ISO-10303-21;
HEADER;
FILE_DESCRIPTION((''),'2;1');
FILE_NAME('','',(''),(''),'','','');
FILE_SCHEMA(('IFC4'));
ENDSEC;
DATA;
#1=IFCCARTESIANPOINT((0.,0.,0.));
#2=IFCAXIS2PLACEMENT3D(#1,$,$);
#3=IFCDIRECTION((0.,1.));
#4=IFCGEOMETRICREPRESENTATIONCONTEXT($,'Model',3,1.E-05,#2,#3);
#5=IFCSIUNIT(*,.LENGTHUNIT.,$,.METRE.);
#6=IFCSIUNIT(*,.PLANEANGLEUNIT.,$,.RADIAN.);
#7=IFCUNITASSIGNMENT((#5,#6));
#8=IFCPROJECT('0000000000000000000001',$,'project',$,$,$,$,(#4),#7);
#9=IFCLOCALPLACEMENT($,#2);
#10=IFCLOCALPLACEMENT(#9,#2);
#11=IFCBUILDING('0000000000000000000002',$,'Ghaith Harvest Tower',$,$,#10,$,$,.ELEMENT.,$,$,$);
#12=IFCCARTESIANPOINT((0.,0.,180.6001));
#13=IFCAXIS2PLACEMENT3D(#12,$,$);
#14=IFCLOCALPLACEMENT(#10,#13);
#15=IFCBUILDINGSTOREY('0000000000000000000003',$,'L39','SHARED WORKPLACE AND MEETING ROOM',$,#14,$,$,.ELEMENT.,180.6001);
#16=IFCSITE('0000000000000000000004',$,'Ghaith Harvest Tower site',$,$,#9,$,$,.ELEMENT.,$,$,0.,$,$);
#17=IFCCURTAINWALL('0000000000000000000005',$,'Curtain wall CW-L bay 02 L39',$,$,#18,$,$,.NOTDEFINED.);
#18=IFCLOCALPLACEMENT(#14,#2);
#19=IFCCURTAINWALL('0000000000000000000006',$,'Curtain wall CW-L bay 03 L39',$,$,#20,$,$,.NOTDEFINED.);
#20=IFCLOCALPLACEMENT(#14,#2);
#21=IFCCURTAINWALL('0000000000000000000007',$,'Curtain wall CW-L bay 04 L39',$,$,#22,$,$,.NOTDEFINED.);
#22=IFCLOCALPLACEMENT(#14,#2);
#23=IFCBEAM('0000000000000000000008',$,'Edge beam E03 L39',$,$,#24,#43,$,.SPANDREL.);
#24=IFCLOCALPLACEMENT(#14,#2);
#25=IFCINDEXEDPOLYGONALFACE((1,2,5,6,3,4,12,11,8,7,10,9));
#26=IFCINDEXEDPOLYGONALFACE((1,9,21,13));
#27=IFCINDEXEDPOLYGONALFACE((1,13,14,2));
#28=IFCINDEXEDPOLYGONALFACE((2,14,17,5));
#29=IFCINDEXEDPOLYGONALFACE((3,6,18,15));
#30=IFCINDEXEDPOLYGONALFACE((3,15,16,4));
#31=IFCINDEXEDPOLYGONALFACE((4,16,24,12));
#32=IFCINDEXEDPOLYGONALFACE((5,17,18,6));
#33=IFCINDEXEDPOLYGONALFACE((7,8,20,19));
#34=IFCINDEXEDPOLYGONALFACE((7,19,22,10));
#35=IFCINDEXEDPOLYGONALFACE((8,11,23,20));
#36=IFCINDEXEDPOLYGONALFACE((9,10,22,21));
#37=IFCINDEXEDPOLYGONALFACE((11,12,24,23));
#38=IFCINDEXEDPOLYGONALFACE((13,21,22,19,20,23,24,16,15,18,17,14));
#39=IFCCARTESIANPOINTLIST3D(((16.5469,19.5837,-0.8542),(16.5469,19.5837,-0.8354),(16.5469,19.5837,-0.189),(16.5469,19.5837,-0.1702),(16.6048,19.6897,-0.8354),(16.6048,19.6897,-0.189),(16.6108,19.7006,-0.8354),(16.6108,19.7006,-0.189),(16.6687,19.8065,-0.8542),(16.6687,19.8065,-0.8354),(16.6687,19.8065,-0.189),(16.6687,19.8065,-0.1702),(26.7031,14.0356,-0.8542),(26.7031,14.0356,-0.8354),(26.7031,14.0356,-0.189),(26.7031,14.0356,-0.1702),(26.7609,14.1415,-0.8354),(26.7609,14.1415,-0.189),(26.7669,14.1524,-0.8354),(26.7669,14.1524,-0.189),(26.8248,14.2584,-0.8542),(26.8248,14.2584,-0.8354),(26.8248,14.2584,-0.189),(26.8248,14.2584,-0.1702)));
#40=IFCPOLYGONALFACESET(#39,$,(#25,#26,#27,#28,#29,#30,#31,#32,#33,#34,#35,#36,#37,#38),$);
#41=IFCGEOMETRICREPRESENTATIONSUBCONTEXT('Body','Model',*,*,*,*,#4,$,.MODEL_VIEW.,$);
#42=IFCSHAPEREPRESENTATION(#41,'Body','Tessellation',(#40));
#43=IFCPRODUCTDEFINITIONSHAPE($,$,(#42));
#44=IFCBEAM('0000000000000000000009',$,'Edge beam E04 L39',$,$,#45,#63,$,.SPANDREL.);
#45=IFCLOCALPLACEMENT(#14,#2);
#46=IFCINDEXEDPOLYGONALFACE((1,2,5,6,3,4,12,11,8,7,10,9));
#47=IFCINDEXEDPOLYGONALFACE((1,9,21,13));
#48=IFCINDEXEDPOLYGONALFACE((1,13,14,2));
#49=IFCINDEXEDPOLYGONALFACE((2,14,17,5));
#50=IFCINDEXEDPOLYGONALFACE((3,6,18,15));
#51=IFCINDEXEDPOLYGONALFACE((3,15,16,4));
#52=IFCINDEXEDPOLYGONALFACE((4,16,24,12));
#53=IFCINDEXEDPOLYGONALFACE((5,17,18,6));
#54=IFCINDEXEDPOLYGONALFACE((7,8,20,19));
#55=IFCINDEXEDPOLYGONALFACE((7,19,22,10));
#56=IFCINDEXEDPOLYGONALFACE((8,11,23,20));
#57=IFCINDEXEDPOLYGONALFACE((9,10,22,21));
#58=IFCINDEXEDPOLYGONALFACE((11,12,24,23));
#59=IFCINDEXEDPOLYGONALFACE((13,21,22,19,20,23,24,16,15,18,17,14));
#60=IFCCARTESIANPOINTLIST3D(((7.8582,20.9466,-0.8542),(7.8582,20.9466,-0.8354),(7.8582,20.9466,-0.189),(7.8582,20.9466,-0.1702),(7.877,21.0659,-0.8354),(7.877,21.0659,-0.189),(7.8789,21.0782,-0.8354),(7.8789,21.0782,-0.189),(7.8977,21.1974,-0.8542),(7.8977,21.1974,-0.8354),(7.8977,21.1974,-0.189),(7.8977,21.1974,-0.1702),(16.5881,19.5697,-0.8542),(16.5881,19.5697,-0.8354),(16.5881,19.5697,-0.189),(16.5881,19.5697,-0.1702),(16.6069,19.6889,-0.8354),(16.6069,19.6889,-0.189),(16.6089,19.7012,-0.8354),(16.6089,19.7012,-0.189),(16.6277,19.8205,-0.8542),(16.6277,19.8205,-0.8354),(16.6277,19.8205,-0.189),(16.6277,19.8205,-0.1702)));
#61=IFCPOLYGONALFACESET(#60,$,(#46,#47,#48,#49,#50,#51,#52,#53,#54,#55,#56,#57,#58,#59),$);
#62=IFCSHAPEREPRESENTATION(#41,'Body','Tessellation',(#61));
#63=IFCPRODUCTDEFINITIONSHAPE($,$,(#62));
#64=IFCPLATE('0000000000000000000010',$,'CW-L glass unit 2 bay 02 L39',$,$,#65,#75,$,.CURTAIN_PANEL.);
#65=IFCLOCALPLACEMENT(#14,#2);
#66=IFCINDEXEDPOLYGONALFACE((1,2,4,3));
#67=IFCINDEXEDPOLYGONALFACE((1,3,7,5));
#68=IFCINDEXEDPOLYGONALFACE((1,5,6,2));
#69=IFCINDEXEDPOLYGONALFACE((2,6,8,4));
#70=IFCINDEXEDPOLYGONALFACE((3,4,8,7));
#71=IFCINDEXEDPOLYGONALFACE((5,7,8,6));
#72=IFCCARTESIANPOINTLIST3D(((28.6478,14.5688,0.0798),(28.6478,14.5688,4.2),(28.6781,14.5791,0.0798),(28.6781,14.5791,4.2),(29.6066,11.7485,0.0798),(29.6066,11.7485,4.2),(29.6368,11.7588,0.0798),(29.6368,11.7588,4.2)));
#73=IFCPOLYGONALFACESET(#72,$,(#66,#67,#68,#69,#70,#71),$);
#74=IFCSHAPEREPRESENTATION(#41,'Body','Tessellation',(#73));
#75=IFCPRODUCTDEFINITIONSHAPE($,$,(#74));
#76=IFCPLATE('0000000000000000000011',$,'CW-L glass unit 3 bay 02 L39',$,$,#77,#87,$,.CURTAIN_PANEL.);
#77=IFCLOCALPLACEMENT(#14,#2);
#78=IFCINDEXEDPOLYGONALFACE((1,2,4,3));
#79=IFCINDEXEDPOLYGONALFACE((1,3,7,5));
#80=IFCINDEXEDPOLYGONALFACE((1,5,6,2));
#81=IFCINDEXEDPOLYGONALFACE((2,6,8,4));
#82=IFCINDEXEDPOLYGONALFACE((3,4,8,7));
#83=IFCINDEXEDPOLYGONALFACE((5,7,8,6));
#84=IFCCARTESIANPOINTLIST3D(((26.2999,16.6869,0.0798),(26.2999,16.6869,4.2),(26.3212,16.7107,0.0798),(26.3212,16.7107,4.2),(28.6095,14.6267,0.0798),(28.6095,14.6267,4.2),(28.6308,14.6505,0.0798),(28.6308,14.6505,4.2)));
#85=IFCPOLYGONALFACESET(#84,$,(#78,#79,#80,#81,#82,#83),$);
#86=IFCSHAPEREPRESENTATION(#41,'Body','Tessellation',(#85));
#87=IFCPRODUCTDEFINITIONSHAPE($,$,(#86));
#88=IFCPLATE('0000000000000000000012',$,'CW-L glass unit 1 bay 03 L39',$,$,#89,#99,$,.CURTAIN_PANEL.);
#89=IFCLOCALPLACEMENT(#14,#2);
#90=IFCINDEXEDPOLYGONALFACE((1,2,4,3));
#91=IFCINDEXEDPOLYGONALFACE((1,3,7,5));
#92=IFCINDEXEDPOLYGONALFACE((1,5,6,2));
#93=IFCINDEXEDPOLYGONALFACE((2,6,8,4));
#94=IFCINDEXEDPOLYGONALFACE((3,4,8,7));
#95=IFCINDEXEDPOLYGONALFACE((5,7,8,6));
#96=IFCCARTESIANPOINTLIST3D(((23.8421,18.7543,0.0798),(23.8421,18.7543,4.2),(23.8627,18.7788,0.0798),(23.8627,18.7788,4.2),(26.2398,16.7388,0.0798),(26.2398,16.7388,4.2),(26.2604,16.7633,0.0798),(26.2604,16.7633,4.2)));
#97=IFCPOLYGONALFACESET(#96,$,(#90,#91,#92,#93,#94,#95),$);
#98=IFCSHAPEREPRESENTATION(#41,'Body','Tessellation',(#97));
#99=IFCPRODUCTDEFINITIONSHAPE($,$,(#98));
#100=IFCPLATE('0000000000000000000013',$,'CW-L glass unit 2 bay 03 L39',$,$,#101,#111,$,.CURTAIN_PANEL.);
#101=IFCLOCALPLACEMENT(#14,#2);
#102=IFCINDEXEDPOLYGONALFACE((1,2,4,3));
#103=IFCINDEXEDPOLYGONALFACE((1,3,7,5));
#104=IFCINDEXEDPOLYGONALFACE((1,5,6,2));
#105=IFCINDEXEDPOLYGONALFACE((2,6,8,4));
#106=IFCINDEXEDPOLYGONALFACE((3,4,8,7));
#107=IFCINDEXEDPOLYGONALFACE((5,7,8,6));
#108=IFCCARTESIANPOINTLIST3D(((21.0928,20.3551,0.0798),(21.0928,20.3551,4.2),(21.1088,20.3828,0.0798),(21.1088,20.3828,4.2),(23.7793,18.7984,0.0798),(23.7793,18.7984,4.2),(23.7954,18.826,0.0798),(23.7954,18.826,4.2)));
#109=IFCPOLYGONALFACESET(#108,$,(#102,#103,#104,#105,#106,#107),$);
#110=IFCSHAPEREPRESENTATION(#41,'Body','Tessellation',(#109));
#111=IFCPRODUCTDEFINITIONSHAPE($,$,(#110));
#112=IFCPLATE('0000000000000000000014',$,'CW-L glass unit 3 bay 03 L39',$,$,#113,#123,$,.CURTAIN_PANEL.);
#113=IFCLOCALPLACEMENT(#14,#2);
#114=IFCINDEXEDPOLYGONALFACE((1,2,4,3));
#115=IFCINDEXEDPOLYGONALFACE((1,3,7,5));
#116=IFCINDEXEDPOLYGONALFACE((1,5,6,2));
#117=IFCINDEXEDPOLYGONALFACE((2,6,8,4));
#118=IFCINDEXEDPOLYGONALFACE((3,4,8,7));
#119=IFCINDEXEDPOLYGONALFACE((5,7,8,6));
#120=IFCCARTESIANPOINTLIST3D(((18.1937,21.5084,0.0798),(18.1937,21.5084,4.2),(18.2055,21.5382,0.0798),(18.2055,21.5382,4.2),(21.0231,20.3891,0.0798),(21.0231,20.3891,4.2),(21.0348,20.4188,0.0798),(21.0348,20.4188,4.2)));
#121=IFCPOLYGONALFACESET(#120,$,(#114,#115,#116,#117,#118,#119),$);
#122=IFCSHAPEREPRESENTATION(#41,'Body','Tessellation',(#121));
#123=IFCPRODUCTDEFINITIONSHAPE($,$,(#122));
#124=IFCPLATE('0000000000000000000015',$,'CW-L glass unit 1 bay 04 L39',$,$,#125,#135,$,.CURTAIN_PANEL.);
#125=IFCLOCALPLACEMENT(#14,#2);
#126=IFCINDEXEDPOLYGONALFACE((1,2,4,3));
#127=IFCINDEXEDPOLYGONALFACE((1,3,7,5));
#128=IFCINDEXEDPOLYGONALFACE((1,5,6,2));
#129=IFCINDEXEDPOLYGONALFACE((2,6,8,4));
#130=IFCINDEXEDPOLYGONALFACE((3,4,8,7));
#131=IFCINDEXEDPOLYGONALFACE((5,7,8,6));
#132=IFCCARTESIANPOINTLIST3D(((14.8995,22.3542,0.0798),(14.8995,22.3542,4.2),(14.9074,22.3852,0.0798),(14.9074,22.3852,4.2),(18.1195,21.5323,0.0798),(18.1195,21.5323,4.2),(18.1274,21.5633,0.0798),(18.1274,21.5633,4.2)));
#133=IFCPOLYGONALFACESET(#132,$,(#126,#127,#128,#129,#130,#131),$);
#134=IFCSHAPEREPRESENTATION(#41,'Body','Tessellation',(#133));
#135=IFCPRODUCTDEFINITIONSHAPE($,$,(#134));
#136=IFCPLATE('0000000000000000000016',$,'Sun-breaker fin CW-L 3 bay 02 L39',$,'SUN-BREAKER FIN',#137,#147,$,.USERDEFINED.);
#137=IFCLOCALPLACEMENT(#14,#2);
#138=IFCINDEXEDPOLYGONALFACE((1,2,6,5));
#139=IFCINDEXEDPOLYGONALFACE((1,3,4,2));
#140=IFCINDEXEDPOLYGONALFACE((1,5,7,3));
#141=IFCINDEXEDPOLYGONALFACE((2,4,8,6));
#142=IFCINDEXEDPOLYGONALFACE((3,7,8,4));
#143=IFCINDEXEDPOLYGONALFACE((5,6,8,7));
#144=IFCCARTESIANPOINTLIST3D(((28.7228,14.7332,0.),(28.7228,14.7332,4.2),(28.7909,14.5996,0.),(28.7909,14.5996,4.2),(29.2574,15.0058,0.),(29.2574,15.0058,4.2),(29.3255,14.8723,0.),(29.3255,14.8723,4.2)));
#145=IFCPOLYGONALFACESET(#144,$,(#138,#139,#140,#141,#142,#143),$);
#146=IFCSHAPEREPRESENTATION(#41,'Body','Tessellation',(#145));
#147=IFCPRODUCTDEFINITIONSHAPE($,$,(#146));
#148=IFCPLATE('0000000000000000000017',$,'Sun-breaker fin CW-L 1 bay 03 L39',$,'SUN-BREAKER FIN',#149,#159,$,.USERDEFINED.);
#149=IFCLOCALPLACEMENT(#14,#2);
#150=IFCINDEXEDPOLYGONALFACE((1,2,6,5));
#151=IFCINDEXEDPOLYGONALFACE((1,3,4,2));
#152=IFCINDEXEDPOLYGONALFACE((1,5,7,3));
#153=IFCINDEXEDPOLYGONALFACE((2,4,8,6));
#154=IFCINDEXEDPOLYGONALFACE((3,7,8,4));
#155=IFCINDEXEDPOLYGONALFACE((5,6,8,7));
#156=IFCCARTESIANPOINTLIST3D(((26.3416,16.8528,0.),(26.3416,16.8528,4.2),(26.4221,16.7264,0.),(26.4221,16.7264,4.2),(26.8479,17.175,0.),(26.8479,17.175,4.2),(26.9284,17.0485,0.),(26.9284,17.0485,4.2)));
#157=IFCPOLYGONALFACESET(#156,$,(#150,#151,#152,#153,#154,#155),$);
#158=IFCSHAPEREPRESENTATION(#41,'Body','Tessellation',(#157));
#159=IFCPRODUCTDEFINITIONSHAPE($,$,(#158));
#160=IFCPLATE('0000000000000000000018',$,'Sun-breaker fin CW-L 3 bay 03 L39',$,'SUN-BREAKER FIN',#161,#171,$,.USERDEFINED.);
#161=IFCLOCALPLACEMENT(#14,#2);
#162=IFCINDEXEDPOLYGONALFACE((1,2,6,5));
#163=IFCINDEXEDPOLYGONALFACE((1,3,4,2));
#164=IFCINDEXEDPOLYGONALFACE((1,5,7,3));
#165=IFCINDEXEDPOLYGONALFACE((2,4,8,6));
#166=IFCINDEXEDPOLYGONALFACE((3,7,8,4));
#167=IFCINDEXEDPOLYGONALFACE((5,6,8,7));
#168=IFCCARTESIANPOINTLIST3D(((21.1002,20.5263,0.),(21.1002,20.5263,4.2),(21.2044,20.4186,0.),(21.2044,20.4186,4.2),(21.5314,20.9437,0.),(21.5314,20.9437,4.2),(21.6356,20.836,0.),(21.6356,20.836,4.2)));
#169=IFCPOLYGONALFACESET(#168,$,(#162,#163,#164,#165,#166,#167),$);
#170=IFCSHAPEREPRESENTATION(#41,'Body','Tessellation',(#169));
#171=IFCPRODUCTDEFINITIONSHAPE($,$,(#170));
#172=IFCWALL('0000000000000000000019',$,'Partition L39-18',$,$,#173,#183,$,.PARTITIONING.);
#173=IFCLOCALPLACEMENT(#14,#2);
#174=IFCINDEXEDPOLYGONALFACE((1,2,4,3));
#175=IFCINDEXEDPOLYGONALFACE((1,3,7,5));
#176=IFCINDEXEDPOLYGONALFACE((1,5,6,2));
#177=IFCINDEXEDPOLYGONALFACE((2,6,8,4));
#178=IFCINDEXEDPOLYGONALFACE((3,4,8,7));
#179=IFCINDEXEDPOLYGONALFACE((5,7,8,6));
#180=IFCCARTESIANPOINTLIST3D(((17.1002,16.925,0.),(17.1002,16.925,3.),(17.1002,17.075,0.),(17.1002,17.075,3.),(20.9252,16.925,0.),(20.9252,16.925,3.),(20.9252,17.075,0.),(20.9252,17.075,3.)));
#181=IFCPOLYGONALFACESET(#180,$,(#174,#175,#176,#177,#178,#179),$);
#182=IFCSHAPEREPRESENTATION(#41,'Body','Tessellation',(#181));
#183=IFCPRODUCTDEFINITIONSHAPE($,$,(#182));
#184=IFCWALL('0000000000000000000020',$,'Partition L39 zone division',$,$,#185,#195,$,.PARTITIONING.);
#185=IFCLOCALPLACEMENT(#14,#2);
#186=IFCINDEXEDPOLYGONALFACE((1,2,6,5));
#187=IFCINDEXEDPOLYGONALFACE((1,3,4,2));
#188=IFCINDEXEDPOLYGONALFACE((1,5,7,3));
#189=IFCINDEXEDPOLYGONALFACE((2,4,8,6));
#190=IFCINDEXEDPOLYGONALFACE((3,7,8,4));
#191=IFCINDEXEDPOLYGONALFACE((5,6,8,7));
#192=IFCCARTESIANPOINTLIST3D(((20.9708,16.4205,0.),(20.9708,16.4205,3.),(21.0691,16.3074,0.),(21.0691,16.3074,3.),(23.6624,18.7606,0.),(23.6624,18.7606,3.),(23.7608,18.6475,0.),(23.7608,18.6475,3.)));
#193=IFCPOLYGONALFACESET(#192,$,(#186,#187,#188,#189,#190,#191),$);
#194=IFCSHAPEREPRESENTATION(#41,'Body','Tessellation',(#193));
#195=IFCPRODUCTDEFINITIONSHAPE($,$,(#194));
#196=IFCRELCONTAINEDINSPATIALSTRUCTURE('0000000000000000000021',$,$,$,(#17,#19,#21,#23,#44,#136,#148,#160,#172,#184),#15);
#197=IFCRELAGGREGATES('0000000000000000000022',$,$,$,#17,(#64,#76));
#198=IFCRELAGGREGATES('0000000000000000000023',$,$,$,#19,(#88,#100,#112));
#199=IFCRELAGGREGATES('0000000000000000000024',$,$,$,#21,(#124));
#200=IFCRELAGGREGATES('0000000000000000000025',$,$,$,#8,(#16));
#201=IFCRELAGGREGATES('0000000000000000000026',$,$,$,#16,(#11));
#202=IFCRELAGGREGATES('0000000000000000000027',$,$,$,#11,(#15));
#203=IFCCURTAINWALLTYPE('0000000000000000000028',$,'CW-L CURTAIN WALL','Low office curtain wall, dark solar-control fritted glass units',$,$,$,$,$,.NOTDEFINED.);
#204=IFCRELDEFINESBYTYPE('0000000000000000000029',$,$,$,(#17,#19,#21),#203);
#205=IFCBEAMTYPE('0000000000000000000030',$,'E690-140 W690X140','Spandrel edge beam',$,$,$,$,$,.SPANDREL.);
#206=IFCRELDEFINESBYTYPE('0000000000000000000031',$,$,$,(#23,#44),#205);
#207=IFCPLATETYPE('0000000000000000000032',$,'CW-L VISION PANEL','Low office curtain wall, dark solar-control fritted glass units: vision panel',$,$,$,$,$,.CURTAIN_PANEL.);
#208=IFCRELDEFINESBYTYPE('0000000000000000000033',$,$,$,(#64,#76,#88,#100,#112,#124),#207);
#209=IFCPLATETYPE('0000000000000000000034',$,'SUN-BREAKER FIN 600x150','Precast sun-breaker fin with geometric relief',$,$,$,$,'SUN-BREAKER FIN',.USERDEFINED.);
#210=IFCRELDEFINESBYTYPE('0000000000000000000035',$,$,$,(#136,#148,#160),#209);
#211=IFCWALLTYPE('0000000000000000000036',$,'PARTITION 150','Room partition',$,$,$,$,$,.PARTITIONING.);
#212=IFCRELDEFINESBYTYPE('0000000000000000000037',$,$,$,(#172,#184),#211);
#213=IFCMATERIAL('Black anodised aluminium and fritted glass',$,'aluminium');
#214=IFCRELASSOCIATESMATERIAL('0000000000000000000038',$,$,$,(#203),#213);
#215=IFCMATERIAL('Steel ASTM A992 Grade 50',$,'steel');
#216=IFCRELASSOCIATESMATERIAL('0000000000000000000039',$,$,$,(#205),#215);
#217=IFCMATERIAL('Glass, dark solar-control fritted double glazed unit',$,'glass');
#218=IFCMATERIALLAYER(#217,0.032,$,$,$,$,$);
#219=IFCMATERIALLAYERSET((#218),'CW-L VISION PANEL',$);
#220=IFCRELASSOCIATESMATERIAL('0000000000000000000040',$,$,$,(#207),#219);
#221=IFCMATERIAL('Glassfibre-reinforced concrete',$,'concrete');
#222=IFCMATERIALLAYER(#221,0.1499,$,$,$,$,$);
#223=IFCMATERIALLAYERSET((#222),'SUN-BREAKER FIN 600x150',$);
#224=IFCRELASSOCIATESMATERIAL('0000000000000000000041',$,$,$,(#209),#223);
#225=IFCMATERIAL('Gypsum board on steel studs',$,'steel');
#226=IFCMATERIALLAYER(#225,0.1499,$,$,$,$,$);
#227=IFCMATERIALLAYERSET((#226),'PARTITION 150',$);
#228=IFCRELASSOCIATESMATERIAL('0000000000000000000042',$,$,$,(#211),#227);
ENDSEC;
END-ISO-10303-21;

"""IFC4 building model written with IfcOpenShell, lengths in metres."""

from ifc_helpers import new_model, si_unit, direction, frame, frame_2d, origin, origin_2d, place, context, subcontext, project, spatial, rectangle, i_section, extrude, material, layer, layer_set, material_profile, profile_set, type_object, element, aggregate, save


model = new_model("IFC4")

# Units and contexts
model_context = context("Model", 3, precision=1e-05, world=origin(), true_north=direction((0.0, 1.0)))
body_context = subcontext(model_context, "Body", "Model", "MODEL_VIEW")
ifc_project = project(units=[si_unit("LENGTHUNIT", "METRE"), si_unit("PLANEANGLEUNIT", "RADIAN")], contexts=[model_context])

# Site, building, storey
site_placement = place(None, origin())
site = spatial("IfcSite", under=ifc_project, at=site_placement, Name="Ghaith Harvest Tower site", CompositionType="ELEMENT", RefElevation=0.0)
building_placement = place(site_placement, origin())
building = spatial("IfcBuilding", under=site, at=building_placement, Name="Ghaith Harvest Tower", CompositionType="ELEMENT")
storey_placement = place(building_placement, frame((0.0, 0.0, 180.6001)))
storey = spatial("IfcBuildingStorey", under=building, at=storey_placement, Name="L39", Description="SHARED WORKPLACE AND MEETING ROOM", CompositionType="ELEMENT", Elevation=180.6001)

# Curtain wall
ifc_material_1 = material(Name="Black anodised aluminium and fritted glass", Category="aluminium")
curtain_wall_type = type_object("IfcCurtainWallType", Name="CW-L CURTAIN WALL", Description="Low office curtain wall, dark solar-control fritted glass units", PredefinedType="NOTDEFINED", material=ifc_material_1)
curtain_wall_1_placement = place(storey_placement, origin())
curtain_wall_1 = element("IfcCurtainWall", 1, at=curtain_wall_1_placement, inside=storey, type_object=curtain_wall_type, Name="Curtain wall CW-L bay 02 L39", PredefinedType="NOTDEFINED")

# Curtain walls
curtain_wall_2_placement = place(storey_placement, origin())
curtain_wall_2 = element("IfcCurtainWall", 2, at=curtain_wall_2_placement, inside=storey, type_object=curtain_wall_type, Name="Curtain wall CW-L bay 03 L39", PredefinedType="NOTDEFINED")
curtain_wall_3_placement = place(storey_placement, origin())
curtain_wall_3 = element("IfcCurtainWall", 3, at=curtain_wall_3_placement, inside=storey, type_object=curtain_wall_type, Name="Curtain wall CW-L bay 04 L39", PredefinedType="NOTDEFINED")

# Beams
ifc_material_2 = material(Name="Steel ASTM A992 Grade 50", Category="steel")
ifc_material_profile_1 = material_profile(ifc_material_2, i_section(OverallWidth=0.2539, OverallDepth=0.6841, WebThickness=0.0125, FlangeThickness=0.0188, at=origin_2d()), Name="W690X140")
ifc_profile_set_1 = profile_set([ifc_material_profile_1], Name="Steel ASTM A992 Grade 50")
beam_type = type_object("IfcBeamType", Name="E690-140 W690X140", Description="Spandrel edge beam", PredefinedType="SPANDREL", material=ifc_profile_set_1)
beam_1_placement = place(storey_placement, frame((26.7639, 14.147, -0.5122), z_axis=(-0.877588, 0.479415, 0.0), x_axis=(-0.479415, -0.877588, 0.0)))
element("IfcBeam", 4, at=beam_1_placement, inside=storey, type_object=beam_type, Name="Edge beam E03 L39", PredefinedType="SPANDREL", context=body_context, shape_type="SweptSolid", body=[
    extrude(i_section(OverallWidth=0.2539, OverallDepth=0.6841, WebThickness=0.0125, FlangeThickness=0.0188, at=origin_2d()), origin(), (0.0, 0.0, 1.0), 11.5728),
])
beam_2_placement = place(storey_placement, frame((16.6079, 19.6951, -0.5122), z_axis=(-0.987788, 0.155801, 0.0), x_axis=(-0.155801, -0.987788, 0.0)))
element("IfcBeam", 5, at=beam_2_placement, inside=storey, type_object=beam_type, Name="Edge beam E04 L39", PredefinedType="SPANDREL", context=body_context, shape_type="SweptSolid", body=[
    extrude(i_section(OverallWidth=0.2539, OverallDepth=0.6841, WebThickness=0.0125, FlangeThickness=0.0188, at=origin_2d()), origin(), (0.0, 0.0, 1.0), 8.8379),
])

# Plates
ifc_material_3 = material(Name="Glass, dark solar-control fritted double glazed unit", Category="glass")
ifc_layer_1 = layer(ifc_material_3, 0.032)
ifc_layer_set_1 = layer_set([ifc_layer_1], Name="CW-L VISION PANEL")
plate_type_1 = type_object("IfcPlateType", Name="CW-L VISION PANEL", Description="Low office curtain wall, dark solar-control fritted glass units: vision panel", PredefinedType="CURTAIN_PANEL", material=ifc_layer_set_1)
plate_1_placement = place(storey_placement, frame((29.1423, 13.1638, 0.0798), z_axis=(0.0, 0.0, 1.0), x_axis=(-0.321853, 0.94679, 0.0)))
plate_1 = element("IfcPlate", 6, at=plate_1_placement, type_object=plate_type_1, Name="CW-L glass unit 2 bay 02 L39", PredefinedType="CURTAIN_PANEL", context=body_context, shape_type="SweptSolid", body=[
    extrude(rectangle(XDim=2.9788, YDim=0.032, at=origin_2d()), origin(), (0.0, 0.0, 1.0), 4.1201),
])
plate_2_placement = place(storey_placement, frame((27.4653, 15.6687, 0.0798), z_axis=(0.0, 0.0, 1.0), x_axis=(-0.746251, 0.665665, 0.0)))
plate_2 = element("IfcPlate", 7, at=plate_2_placement, type_object=plate_type_1, Name="CW-L glass unit 3 bay 02 L39", PredefinedType="CURTAIN_PANEL", context=body_context, shape_type="SweptSolid", body=[
    extrude(rectangle(XDim=3.095, YDim=0.032, at=origin_2d()), origin(), (0.0, 0.0, 1.0), 4.1201),
])
aggregate(curtain_wall_1, [plate_1, plate_2])
plate_3_placement = place(storey_placement, frame((25.0513, 17.7588, 0.0798), z_axis=(0.0, 0.0, 1.0), x_axis=(-0.765473, 0.643468, 0.0)))
plate_3 = element("IfcPlate", 8, at=plate_3_placement, type_object=plate_type_1, Name="CW-L glass unit 1 bay 03 L39", PredefinedType="CURTAIN_PANEL", context=body_context, shape_type="SweptSolid", body=[
    extrude(rectangle(XDim=3.1323, YDim=0.032, at=origin_2d()), origin(), (0.0, 0.0, 1.0), 4.1201),
])
plate_4_placement = place(storey_placement, frame((22.4441, 19.5906, 0.0798), z_axis=(0.0, 0.0, 1.0), x_axis=(-0.865232, 0.501372, 0.0)))
plate_4 = element("IfcPlate", 9, at=plate_4_placement, type_object=plate_type_1, Name="CW-L glass unit 2 bay 03 L39", PredefinedType="CURTAIN_PANEL", context=body_context, shape_type="SweptSolid", body=[
    extrude(rectangle(XDim=3.105, YDim=0.032, at=origin_2d()), origin(), (0.0, 0.0, 1.0), 4.1201),
])
plate_5_placement = place(storey_placement, frame((19.6143, 20.9636, 0.0798), z_axis=(0.0, 0.0, 1.0), x_axis=(-0.929877, 0.367872, 0.0)))
plate_5 = element("IfcPlate", 10, at=plate_5_placement, type_object=plate_type_1, Name="CW-L glass unit 3 bay 03 L39", PredefinedType="CURTAIN_PANEL", context=body_context, shape_type="SweptSolid", body=[
    extrude(rectangle(XDim=3.0427, YDim=0.032, at=origin_2d()), origin(), (0.0, 0.0, 1.0), 4.1201),
])
aggregate(curtain_wall_2, [plate_3, plate_4, plate_5])
plate_6_placement = place(storey_placement, frame((16.5134, 21.9587, 0.0798), z_axis=(0.0, 0.0, 1.0), x_axis=(-0.968931, 0.247331, 0.0)))
plate_6 = element("IfcPlate", 11, at=plate_6_placement, type_object=plate_type_1, Name="CW-L glass unit 1 bay 04 L39", PredefinedType="CURTAIN_PANEL", context=body_context, shape_type="SweptSolid", body=[
    extrude(rectangle(XDim=3.3232, YDim=0.032, at=origin_2d()), origin(), (0.0, 0.0, 1.0), 4.1201),
])
aggregate(curtain_wall_3, [plate_6])

# Plates
ifc_material_4 = material(Name="Glassfibre-reinforced concrete", Category="concrete")
ifc_layer_2 = layer(ifc_material_4, 0.1499)
ifc_layer_set_2 = layer_set([ifc_layer_2], Name="SUN-BREAKER FIN 600x150")
plate_type_2 = type_object("IfcPlateType", Name="SUN-BREAKER FIN 600x150", Description="Precast sun-breaker fin with geometric relief", ElementType="SUN-BREAKER FIN", PredefinedType="USERDEFINED", material=ifc_layer_set_2)
for number, where, z_axis, x_axis, name in (
    (12, (29.0242, 14.8027, 0.0), (0.0, 0.0, 1.0), (0.890831, 0.454335, 0.0), "Sun-breaker fin CW-L 3 bay 02 L39"),
    (13, (26.635, 16.9507, 0.0), (0.0, 0.0, 1.0), (0.843644, 0.536903, 0.0), "Sun-breaker fin CW-L 1 bay 03 L39"),
    (14, (21.3679, 20.6812, 0.0), (0.0, 0.0, 1.0), (0.718559, 0.695466, 0.0), "Sun-breaker fin CW-L 3 bay 03 L39"),
):
    element("IfcPlate", number, at=place(storey_placement, frame(where, z_axis=z_axis, x_axis=x_axis)), inside=storey, type_object=plate_type_2, Name=name, ObjectType="SUN-BREAKER FIN", PredefinedType="USERDEFINED", context=body_context, shape_type="SweptSolid", body=[
        extrude(rectangle(XDim=0.6001, YDim=0.1499, at=origin_2d()), origin(), (0.0, 0.0, 1.0), 4.2),
    ])

# Walls
ifc_material_5 = material(Name="Gypsum board on steel studs", Category="steel")
ifc_layer_3 = layer(ifc_material_5, 0.1499)
ifc_layer_set_3 = layer_set([ifc_layer_3], Name="PARTITION 150")
wall_type = type_object("IfcWallType", Name="PARTITION 150", Description="Room partition", PredefinedType="PARTITIONING", material=ifc_layer_set_3)
wall_1_placement = place(storey_placement, frame((17.1001, 17.0, 0.0), z_axis=(0.0, 0.0, 1.0), x_axis=(1.0, 0.0, 0.0)))
element("IfcWall", 15, at=wall_1_placement, inside=storey, type_object=wall_type, Name="Partition L39-18", PredefinedType="PARTITIONING", context=body_context, shape_type="SweptSolid", body=[
    extrude(rectangle(XDim=3.825, YDim=0.1499, at=frame_2d((1.9126, 0.0))), origin(), (0.0, 0.0, 1.0), 3.0),
])
wall_2_placement = place(storey_placement, frame((21.02, 16.364, 0.0), z_axis=(0.0, 0.0, 1.0), x_axis=(0.754672, 0.656102, 0.0)))
element("IfcWall", 16, at=wall_2_placement, inside=storey, type_object=wall_type, Name="Partition L39 zone division", PredefinedType="PARTITIONING", context=body_context, shape_type="SweptSolid", body=[
    extrude(rectangle(XDim=3.5667, YDim=0.1499, at=frame_2d((1.7832, 0.0))), origin(), (0.0, 0.0, 1.0), 3.0),
])

save(model, "model.ifc")
